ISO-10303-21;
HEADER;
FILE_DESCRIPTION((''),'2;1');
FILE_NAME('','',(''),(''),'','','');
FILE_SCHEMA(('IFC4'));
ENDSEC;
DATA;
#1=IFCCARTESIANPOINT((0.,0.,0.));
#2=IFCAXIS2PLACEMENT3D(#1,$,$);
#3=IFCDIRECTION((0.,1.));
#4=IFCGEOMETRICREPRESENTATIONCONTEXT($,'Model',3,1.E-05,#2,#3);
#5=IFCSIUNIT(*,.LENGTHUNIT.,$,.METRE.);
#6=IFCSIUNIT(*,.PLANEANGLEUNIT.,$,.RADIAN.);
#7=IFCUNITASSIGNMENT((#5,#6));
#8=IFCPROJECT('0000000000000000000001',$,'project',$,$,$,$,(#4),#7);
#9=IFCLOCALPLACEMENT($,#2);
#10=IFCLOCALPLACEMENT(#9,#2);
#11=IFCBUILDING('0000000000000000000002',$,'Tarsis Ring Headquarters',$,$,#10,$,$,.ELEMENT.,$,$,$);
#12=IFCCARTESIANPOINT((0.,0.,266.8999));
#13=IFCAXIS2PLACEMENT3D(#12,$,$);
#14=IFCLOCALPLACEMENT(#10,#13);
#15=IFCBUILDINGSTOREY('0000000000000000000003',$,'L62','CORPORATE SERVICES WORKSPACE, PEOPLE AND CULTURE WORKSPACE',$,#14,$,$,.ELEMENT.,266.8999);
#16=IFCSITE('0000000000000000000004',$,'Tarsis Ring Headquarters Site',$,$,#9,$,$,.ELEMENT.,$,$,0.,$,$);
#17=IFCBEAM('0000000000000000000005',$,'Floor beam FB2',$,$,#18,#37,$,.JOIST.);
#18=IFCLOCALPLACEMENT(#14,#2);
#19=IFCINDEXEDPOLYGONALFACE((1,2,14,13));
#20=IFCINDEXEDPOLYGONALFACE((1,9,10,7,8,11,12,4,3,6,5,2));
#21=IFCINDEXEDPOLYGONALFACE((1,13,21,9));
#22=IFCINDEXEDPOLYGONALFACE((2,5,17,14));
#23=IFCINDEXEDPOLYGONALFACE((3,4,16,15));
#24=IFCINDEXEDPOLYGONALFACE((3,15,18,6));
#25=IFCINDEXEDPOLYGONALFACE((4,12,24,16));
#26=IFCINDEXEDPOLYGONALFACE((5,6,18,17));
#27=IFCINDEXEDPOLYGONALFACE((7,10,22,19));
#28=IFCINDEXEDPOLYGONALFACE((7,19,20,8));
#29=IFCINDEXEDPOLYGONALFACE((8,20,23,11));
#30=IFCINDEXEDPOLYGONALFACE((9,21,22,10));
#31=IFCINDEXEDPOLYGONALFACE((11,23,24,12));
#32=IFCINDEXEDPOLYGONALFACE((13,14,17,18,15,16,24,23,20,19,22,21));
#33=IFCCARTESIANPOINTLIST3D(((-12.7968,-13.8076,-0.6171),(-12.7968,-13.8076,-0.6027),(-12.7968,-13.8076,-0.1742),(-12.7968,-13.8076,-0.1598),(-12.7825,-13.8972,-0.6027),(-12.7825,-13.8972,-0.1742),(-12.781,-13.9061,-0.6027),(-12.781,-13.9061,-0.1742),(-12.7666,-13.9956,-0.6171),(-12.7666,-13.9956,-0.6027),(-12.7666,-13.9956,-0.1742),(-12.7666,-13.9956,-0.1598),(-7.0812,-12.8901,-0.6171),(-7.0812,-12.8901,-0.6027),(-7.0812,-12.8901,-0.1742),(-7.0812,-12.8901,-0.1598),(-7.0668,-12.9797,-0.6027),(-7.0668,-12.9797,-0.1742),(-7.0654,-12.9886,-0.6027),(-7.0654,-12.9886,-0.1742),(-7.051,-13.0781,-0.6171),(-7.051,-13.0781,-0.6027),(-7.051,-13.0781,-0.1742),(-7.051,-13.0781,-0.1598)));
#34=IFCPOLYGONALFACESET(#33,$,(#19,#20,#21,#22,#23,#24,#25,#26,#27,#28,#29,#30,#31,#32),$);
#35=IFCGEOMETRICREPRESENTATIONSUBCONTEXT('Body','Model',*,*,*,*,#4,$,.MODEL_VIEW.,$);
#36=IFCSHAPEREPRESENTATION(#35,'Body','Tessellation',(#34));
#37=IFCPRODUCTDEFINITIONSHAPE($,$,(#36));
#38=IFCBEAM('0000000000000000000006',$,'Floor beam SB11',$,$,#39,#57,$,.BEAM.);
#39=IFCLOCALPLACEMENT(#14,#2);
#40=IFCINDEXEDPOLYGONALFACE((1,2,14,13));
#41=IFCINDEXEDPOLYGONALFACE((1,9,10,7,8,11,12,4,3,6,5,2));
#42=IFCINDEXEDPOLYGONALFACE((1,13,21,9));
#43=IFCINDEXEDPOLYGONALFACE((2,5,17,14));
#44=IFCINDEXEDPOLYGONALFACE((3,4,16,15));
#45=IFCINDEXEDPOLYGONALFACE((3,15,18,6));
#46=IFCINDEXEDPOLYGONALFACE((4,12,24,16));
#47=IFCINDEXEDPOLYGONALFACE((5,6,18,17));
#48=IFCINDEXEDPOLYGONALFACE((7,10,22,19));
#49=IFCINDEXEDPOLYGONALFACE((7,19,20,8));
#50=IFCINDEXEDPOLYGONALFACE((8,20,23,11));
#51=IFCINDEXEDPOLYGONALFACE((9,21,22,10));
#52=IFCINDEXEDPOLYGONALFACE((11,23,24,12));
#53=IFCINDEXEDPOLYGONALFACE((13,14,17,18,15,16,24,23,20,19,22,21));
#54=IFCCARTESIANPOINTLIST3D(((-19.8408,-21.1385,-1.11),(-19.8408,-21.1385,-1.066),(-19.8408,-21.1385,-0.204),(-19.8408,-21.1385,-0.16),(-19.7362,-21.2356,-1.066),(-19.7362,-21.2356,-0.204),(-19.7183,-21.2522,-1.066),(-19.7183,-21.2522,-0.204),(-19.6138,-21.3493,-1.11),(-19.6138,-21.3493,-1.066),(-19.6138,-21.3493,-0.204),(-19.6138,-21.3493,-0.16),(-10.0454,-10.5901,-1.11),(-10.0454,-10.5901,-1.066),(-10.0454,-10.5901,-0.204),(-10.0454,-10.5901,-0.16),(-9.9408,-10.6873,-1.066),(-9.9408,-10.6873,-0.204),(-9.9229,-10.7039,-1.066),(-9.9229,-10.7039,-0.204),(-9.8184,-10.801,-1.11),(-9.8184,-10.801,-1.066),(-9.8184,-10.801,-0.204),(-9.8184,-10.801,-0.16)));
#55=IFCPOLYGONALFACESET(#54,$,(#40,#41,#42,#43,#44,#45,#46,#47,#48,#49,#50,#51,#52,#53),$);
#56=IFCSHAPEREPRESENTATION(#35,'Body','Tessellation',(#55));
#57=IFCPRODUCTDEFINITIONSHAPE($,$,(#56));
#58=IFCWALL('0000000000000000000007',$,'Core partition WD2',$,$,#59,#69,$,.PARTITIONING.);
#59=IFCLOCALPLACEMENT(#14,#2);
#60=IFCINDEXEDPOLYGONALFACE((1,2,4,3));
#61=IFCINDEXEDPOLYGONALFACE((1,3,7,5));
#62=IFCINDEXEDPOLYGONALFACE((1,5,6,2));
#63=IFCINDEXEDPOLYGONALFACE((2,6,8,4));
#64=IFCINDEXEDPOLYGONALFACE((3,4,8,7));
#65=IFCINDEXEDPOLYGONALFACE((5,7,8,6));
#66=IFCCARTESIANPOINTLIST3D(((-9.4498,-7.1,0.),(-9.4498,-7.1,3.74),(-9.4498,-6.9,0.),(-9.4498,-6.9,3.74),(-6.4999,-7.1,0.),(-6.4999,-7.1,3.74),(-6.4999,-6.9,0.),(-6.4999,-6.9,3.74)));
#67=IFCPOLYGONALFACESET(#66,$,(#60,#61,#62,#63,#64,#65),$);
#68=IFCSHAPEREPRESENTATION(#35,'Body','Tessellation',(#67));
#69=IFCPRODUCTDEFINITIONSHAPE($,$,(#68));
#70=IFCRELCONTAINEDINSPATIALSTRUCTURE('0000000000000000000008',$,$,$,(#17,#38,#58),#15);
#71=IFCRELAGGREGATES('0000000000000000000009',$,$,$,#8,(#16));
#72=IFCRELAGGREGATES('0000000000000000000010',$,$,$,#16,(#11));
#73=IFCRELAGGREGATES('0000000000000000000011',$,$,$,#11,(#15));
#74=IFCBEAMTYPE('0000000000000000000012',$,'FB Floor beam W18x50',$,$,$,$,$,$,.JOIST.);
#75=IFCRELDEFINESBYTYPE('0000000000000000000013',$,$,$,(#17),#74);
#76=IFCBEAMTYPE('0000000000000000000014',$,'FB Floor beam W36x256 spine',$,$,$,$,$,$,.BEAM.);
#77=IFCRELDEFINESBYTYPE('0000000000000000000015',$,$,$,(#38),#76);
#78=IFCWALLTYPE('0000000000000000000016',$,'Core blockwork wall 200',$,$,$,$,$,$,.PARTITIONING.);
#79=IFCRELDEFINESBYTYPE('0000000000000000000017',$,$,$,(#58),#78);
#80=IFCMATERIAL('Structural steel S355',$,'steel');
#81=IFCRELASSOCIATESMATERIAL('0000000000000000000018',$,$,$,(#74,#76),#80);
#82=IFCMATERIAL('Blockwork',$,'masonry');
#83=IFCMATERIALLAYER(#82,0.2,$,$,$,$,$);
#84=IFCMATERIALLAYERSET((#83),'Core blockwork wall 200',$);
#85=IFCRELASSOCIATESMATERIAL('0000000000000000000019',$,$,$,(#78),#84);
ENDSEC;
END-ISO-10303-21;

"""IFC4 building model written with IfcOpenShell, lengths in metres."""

from ifc_helpers import new_model, si_unit, direction, frame, frame_2d, origin, origin_2d, place, context, subcontext, project, spatial, rectangle, i_section, extrude, material, layer, layer_set, material_profile, profile_set, type_object, element, save


model = new_model("IFC4")

# Units and contexts
model_context = context("Model", 3, precision=1e-05, world=origin(), true_north=direction((0.0, 1.0)))
body_context = subcontext(model_context, "Body", "Model", "MODEL_VIEW")
ifc_project = project(units=[si_unit("LENGTHUNIT", "METRE"), si_unit("PLANEANGLEUNIT", "RADIAN")], contexts=[model_context])

# Site, building, storey
site_placement = place(None, origin())
site = spatial("IfcSite", under=ifc_project, at=site_placement, Name="Tarsis Ring Headquarters Site", CompositionType="ELEMENT", RefElevation=0.0)
building_placement = place(site_placement, origin())
building = spatial("IfcBuilding", under=site, at=building_placement, Name="Tarsis Ring Headquarters", CompositionType="ELEMENT")
storey_placement = place(building_placement, frame((0.0, 0.0, 266.8999)))
storey = spatial("IfcBuildingStorey", under=building, at=storey_placement, Name="L62", Description="CORPORATE SERVICES WORKSPACE, PEOPLE AND CULTURE WORKSPACE", CompositionType="ELEMENT", Elevation=266.8999)

# Beams
ifc_material_1 = material(Name="Structural steel S355", Category="steel")
ifc_material_profile_1 = material_profile(ifc_material_1, i_section(OverallWidth=0.1904, OverallDepth=0.4573, WebThickness=0.009, FlangeThickness=0.0144, at=origin_2d()), Name="W18x50")
ifc_profile_set_1 = profile_set([ifc_material_profile_1], Name="Structural steel S355")
beam_type_1 = type_object("IfcBeamType", Name="FB Floor beam W18x50", PredefinedType="JOIST", material=ifc_profile_set_1)
beam_1_placement = place(storey_placement, frame((-12.7817, -13.9016, -0.3884), z_axis=(0.98736, 0.158494, 0.0), x_axis=(-0.158494, 0.98736, 0.0)))
element("IfcBeam", 1, at=beam_1_placement, inside=storey, type_object=beam_type_1, Name="Floor beam FB2", PredefinedType="JOIST", context=body_context, shape_type="SweptSolid", body=[
    extrude(i_section(OverallWidth=0.1904, OverallDepth=0.4573, WebThickness=0.009, FlangeThickness=0.0144, at=origin_2d()), origin(), (0.0, 0.0, 1.0), 5.7888),
])
ifc_material_profile_2 = material_profile(ifc_material_1, i_section(OverallWidth=0.3098, OverallDepth=0.95, WebThickness=0.0244, FlangeThickness=0.0439, at=origin_2d()), Name="W36x256")
ifc_profile_set_2 = profile_set([ifc_material_profile_2], Name="Structural steel S355")
beam_type_2 = type_object("IfcBeamType", Name="FB Floor beam W36x256 spine", PredefinedType="BEAM", material=ifc_profile_set_2)
beam_2_placement = place(storey_placement, frame((-9.9319, -10.6956, -0.635), z_axis=(-0.680471, -0.732775, 0.0), x_axis=(0.732775, -0.680471, 0.0)))
element("IfcBeam", 2, at=beam_2_placement, inside=storey, type_object=beam_type_2, Name="Floor beam SB11", PredefinedType="BEAM", context=body_context, shape_type="SweptSolid", body=[
    extrude(i_section(OverallWidth=0.3098, OverallDepth=0.95, WebThickness=0.0244, FlangeThickness=0.0439, at=origin_2d()), origin(), (0.0, 0.0, 1.0), 14.395),
])

# Wall
ifc_material_2 = material(Name="Blockwork", Category="masonry")
ifc_layer_1 = layer(ifc_material_2, 0.2)
ifc_layer_set_1 = layer_set([ifc_layer_1], Name="Core blockwork wall 200")
wall_type_1 = type_object("IfcWallType", Name="Core blockwork wall 200", PredefinedType="PARTITIONING", material=ifc_layer_set_1)
wall_1_placement = place(storey_placement, frame((-9.45, -7.0, 0.0), z_axis=(0.0, 0.0, 1.0), x_axis=(1.0, 0.0, 0.0)))
element("IfcWall", 3, at=wall_1_placement, inside=storey, type_object=wall_type_1, Name="Core partition WD2", PredefinedType="PARTITIONING", context=body_context, shape_type="SweptSolid", body=[
    extrude(rectangle(XDim=2.95, YDim=0.2, at=frame_2d((1.4751, 0.0))), origin(), (0.0, 0.0, 1.0), 3.74),
])

save(model, "model.ifc")
